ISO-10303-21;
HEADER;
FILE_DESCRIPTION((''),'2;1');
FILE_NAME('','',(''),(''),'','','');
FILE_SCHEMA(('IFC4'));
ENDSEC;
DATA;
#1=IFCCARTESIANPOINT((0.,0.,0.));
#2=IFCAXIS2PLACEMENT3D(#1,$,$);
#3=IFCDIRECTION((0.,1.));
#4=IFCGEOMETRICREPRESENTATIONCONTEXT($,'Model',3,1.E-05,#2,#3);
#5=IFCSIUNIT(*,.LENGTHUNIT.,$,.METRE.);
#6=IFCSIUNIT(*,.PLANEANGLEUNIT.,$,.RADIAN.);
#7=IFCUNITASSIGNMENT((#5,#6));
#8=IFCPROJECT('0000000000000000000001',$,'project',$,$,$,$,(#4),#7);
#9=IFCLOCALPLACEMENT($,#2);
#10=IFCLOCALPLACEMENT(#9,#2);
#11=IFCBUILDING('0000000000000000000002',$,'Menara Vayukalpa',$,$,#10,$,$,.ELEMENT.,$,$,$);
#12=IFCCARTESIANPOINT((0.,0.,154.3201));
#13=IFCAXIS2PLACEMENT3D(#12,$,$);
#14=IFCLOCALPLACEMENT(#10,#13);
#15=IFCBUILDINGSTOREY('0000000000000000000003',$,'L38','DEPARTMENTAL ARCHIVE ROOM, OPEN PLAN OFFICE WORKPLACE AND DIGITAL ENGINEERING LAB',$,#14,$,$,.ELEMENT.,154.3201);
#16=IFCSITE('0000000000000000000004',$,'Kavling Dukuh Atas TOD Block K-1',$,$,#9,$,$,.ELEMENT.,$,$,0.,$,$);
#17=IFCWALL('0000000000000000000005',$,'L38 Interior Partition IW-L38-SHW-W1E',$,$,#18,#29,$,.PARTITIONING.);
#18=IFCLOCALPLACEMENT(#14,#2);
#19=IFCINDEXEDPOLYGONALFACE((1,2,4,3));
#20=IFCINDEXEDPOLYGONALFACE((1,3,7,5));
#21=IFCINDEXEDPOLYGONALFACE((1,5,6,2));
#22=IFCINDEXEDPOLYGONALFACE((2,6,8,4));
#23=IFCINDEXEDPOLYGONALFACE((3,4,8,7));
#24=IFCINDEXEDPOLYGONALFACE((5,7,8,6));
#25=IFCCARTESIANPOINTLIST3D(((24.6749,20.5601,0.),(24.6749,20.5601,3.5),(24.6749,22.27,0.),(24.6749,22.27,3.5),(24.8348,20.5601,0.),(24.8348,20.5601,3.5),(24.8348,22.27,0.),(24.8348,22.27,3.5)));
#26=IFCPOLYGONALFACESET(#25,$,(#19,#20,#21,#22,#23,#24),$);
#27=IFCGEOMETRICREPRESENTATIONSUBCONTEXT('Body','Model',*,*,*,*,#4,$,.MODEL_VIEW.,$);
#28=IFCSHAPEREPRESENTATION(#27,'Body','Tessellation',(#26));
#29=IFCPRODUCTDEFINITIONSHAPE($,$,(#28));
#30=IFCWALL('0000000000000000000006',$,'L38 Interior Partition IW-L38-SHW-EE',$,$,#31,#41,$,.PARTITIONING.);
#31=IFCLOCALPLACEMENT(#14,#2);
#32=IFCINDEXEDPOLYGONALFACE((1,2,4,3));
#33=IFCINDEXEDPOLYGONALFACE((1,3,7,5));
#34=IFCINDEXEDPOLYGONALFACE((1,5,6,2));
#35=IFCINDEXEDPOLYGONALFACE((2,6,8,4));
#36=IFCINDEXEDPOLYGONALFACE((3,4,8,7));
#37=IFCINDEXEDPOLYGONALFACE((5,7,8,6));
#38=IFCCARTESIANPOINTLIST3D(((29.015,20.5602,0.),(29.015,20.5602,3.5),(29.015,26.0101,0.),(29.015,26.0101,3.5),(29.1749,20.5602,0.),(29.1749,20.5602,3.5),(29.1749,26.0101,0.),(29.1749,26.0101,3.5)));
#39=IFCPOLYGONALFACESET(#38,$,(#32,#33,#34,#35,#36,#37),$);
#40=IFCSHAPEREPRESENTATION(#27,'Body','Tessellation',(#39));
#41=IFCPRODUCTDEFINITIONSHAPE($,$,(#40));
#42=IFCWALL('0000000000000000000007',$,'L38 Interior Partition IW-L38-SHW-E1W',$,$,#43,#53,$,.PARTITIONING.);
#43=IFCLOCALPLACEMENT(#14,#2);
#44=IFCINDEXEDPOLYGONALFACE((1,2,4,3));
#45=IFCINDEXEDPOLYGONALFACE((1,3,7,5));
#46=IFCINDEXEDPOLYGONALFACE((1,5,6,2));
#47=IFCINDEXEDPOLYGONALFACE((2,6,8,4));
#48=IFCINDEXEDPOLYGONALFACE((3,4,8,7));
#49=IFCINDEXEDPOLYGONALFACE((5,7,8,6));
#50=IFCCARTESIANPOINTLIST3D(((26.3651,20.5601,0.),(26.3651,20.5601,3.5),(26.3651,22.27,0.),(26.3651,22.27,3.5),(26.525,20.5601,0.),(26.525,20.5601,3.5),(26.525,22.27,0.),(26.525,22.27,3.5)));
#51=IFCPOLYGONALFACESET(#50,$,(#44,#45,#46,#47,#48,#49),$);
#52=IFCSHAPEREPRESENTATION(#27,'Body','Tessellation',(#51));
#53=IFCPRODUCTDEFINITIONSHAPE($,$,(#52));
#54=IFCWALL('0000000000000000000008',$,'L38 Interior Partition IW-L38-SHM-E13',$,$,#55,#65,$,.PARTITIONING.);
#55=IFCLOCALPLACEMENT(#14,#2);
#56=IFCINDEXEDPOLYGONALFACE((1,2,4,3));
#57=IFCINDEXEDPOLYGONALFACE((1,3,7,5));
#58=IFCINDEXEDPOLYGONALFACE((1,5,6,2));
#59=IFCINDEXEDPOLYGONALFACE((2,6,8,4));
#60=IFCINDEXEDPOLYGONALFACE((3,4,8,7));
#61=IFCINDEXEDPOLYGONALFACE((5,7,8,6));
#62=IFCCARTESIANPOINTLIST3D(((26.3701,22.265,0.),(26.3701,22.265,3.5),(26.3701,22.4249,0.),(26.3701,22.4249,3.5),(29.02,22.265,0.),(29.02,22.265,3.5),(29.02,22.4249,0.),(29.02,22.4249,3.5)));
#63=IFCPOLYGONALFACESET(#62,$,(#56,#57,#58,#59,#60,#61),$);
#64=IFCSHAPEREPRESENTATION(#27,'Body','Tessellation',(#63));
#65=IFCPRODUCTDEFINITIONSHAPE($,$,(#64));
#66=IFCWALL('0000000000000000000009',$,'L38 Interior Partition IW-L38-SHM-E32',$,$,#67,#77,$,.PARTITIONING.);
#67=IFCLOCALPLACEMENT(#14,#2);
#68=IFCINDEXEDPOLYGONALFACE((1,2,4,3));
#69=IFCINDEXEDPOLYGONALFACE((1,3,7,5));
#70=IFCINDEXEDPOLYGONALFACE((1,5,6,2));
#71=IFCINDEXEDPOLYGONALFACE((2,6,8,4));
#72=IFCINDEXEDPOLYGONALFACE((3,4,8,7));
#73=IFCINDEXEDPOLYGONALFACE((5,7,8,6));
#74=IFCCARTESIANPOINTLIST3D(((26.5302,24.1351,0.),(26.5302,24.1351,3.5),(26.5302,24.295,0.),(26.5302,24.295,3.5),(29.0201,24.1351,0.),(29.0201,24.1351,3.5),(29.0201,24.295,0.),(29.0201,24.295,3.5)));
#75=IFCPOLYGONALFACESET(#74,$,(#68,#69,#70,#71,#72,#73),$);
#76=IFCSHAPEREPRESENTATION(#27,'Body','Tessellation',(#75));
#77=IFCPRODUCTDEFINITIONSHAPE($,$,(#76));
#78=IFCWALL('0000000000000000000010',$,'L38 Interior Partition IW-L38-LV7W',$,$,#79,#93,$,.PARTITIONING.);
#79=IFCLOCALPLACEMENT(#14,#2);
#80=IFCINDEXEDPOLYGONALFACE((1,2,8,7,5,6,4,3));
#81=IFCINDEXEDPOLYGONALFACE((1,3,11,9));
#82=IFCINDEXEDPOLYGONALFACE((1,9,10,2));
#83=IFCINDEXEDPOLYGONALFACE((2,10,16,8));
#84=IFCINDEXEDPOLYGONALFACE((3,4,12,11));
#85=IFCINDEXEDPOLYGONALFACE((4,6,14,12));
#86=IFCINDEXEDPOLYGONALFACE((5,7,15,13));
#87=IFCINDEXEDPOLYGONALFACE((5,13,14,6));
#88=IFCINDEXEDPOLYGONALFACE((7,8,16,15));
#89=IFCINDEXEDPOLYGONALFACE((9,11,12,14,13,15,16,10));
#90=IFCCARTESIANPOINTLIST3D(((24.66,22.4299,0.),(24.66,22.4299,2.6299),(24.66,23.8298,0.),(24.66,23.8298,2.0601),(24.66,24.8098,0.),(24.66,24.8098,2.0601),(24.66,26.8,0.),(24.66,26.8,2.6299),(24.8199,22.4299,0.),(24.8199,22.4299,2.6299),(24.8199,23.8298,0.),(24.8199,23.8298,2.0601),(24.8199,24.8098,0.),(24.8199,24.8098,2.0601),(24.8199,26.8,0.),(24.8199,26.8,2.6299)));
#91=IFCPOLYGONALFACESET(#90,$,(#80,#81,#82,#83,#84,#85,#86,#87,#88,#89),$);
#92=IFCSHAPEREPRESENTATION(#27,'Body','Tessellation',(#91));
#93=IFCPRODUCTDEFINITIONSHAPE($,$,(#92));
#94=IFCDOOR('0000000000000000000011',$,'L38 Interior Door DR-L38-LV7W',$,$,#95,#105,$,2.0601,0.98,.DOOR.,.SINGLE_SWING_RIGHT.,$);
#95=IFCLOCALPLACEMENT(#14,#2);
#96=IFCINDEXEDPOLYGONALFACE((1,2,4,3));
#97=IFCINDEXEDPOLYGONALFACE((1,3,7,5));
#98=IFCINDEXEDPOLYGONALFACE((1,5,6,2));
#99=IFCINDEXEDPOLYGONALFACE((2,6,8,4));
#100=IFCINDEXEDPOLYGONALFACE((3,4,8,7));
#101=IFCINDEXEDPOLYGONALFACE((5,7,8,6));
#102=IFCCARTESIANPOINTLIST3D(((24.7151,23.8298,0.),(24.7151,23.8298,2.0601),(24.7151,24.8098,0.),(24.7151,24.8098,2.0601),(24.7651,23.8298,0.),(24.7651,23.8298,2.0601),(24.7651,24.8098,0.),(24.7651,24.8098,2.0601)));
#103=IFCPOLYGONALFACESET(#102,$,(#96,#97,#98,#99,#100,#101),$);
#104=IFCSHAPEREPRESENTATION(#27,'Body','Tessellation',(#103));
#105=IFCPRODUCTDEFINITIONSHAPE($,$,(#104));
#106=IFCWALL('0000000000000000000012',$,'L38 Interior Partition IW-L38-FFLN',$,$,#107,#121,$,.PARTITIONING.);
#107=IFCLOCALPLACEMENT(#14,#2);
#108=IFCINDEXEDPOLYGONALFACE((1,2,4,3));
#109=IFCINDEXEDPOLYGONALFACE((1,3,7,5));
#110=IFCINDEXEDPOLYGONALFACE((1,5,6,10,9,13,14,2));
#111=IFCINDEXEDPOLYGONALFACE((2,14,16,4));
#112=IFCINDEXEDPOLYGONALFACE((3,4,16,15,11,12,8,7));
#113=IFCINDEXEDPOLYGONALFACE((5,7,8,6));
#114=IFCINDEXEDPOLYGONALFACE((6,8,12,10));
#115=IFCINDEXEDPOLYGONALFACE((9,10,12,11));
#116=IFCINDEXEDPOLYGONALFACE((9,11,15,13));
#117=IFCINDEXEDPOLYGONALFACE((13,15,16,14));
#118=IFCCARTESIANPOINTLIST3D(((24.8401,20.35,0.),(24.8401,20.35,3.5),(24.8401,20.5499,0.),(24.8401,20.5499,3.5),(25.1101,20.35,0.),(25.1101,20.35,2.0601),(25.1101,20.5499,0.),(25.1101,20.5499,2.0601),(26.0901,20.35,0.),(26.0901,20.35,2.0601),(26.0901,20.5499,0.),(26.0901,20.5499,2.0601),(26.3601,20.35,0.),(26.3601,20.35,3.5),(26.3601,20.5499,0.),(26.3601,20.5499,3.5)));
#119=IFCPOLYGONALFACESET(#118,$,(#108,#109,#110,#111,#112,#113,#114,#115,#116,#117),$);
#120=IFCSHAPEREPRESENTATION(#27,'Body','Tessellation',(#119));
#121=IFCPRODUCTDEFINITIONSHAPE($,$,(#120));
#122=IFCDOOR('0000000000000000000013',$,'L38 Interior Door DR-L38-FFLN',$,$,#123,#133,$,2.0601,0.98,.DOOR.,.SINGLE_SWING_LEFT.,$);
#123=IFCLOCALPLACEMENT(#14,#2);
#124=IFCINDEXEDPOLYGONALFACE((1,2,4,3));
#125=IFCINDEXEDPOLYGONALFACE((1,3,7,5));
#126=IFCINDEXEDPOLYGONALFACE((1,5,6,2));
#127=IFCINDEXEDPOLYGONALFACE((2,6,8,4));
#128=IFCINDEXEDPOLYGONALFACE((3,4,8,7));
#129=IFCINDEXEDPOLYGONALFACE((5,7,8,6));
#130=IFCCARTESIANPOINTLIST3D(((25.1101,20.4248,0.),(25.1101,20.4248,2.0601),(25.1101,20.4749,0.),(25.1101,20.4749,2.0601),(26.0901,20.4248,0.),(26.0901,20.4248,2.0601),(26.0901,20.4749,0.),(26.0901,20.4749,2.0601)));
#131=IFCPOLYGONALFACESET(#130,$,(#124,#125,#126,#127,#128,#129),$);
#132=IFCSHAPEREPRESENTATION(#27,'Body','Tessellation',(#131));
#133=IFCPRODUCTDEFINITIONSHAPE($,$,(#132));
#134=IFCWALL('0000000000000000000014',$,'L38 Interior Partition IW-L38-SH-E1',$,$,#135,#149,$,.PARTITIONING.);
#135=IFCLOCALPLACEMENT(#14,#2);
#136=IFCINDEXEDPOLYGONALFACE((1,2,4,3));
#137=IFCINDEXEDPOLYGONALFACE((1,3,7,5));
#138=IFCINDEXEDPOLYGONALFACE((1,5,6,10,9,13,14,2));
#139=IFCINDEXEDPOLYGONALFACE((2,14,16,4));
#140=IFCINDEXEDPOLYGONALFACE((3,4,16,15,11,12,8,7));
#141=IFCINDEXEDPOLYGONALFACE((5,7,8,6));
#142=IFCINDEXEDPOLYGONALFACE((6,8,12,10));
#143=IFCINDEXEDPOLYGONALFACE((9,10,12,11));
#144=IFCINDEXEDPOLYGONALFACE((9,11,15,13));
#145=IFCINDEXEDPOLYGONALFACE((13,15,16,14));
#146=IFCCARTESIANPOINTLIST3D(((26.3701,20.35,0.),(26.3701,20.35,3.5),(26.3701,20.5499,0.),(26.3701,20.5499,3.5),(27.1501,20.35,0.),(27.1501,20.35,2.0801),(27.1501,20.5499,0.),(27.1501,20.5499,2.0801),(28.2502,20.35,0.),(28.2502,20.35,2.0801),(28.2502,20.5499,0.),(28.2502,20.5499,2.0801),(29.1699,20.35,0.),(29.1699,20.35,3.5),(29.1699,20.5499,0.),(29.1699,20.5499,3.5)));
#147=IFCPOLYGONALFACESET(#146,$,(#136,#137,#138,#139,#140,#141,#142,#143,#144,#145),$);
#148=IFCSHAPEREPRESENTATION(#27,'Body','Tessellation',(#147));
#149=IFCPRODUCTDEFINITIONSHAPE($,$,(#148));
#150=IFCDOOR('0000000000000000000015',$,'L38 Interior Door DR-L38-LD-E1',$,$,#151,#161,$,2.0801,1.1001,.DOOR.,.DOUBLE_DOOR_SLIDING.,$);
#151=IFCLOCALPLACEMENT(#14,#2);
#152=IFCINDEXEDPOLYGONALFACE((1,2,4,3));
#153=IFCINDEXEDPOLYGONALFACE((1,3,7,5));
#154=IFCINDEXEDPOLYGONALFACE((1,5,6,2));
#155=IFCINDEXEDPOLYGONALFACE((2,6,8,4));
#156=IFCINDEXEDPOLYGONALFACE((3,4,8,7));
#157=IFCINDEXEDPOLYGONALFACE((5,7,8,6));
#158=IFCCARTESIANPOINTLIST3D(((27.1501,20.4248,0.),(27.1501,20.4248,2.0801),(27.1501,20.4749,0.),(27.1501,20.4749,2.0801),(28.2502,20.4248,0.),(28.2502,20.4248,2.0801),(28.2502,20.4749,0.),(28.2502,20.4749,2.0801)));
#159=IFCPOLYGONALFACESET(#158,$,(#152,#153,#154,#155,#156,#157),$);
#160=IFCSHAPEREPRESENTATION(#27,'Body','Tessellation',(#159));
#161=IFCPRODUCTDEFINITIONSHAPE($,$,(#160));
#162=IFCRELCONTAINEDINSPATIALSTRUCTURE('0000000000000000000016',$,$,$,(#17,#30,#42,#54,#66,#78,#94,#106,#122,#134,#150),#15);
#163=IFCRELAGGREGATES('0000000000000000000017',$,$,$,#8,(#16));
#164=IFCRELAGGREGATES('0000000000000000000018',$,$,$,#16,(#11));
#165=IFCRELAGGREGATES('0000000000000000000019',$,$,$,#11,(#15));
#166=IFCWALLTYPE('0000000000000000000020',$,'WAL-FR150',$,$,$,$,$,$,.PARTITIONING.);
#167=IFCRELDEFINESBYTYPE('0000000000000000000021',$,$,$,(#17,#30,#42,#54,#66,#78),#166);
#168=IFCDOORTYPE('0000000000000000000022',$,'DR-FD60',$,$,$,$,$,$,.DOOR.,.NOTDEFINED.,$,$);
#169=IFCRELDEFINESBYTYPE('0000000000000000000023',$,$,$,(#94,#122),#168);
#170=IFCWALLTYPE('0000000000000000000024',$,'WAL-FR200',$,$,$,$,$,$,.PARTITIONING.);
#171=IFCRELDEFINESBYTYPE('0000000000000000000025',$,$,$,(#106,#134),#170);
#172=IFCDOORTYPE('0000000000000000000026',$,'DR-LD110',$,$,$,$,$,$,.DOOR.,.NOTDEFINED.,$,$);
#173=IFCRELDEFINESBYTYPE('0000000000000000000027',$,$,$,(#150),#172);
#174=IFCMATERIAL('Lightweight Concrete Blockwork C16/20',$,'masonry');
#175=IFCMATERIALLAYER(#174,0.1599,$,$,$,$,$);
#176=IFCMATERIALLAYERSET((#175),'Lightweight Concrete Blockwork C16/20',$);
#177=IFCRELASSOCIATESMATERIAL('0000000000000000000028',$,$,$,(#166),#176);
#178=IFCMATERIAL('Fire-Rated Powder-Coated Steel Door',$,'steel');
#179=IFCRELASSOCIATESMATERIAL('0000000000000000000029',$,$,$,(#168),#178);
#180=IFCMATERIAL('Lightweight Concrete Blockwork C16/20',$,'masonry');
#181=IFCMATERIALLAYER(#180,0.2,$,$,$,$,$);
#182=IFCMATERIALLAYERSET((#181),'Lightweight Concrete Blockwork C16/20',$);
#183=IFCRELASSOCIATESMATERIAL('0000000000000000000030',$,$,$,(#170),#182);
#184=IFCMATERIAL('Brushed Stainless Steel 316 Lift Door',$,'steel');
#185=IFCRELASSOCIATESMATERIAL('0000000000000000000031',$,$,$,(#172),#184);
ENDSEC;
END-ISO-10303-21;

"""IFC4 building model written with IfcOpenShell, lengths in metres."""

from ifc_helpers import new_model, si_unit, direction, frame, frame_2d, origin, place, context, subcontext, project, spatial, rectangle, extrude, material, layer, layer_set, type_object, element, fill, save


model = new_model("IFC4")

# Units and contexts
model_context = context("Model", 3, precision=1e-05, world=origin(), true_north=direction((0.0, 1.0)))
body_context = subcontext(model_context, "Body", "Model", "MODEL_VIEW")
ifc_project = project(units=[si_unit("LENGTHUNIT", "METRE"), si_unit("PLANEANGLEUNIT", "RADIAN")], contexts=[model_context])

# Site, building, storey
site_placement = place(None, origin())
site = spatial("IfcSite", under=ifc_project, at=site_placement, Name="Kavling Dukuh Atas TOD Block K-1", CompositionType="ELEMENT", RefElevation=0.0)
building_placement = place(site_placement, origin())
building = spatial("IfcBuilding", under=site, at=building_placement, Name="Menara Vayukalpa", CompositionType="ELEMENT")
storey_placement = place(building_placement, frame((0.0, 0.0, 154.3201)))
storey = spatial("IfcBuildingStorey", under=building, at=storey_placement, Name="L38", Description="DEPARTMENTAL ARCHIVE ROOM, OPEN PLAN OFFICE WORKPLACE AND DIGITAL ENGINEERING LAB", CompositionType="ELEMENT", Elevation=154.3201)

# Walls
ifc_material_1 = material(Name="Lightweight Concrete Blockwork C16/20", Category="masonry")
ifc_layer_1 = layer(ifc_material_1, 0.1599)
ifc_layer_set_1 = layer_set([ifc_layer_1], Name="Lightweight Concrete Blockwork C16/20")
wall_type_1 = type_object("IfcWallType", Name="WAL-FR150", PredefinedType="PARTITIONING", material=ifc_layer_set_1)
wall_1_placement = place(storey_placement, frame((24.7549, 20.5601, 0.0), z_axis=(0.0, 0.0, 1.0), x_axis=(0.0, 1.0, 0.0)))
element("IfcWall", 1, at=wall_1_placement, inside=storey, type_object=wall_type_1, Name="L38 Interior Partition IW-L38-SHW-W1E", PredefinedType="PARTITIONING", context=body_context, shape_type="SweptSolid", body=[
    extrude(rectangle(XDim=1.71, YDim=0.1599, at=frame_2d((0.855, 0.0))), origin(), (0.0, 0.0, 1.0), 3.5),
])
wall_2_placement = place(storey_placement, frame((29.095, 20.5601, 0.0), z_axis=(0.0, 0.0, 1.0), x_axis=(0.0, 1.0, 0.0)))
element("IfcWall", 2, at=wall_2_placement, inside=storey, type_object=wall_type_1, Name="L38 Interior Partition IW-L38-SHW-EE", PredefinedType="PARTITIONING", context=body_context, shape_type="SweptSolid", body=[
    extrude(rectangle(XDim=5.45, YDim=0.1599, at=frame_2d((2.7251, 0.0))), origin(), (0.0, 0.0, 1.0), 3.5),
])
wall_3_placement = place(storey_placement, frame((26.4451, 20.5601, 0.0), z_axis=(0.0, 0.0, 1.0), x_axis=(0.0, 1.0, 0.0)))
element("IfcWall", 3, at=wall_3_placement, inside=storey, type_object=wall_type_1, Name="L38 Interior Partition IW-L38-SHW-E1W", PredefinedType="PARTITIONING", context=body_context, shape_type="SweptSolid", body=[
    extrude(rectangle(XDim=1.71, YDim=0.1599, at=frame_2d((0.855, 0.0))), origin(), (0.0, 0.0, 1.0), 3.5),
])
wall_4_placement = place(storey_placement, frame((26.3701, 22.345, 0.0), z_axis=(0.0, 0.0, 1.0), x_axis=(1.0, 0.0, 0.0)))
element("IfcWall", 4, at=wall_4_placement, inside=storey, type_object=wall_type_1, Name="L38 Interior Partition IW-L38-SHM-E13", PredefinedType="PARTITIONING", context=body_context, shape_type="SweptSolid", body=[
    extrude(rectangle(XDim=2.6499, YDim=0.1599, at=frame_2d((1.325, 0.0))), origin(), (0.0, 0.0, 1.0), 3.5),
])
wall_5_placement = place(storey_placement, frame((26.53, 24.2151, 0.0), z_axis=(0.0, 0.0, 1.0), x_axis=(1.0, 0.0, 0.0)))
element("IfcWall", 5, at=wall_5_placement, inside=storey, type_object=wall_type_1, Name="L38 Interior Partition IW-L38-SHM-E32", PredefinedType="PARTITIONING", context=body_context, shape_type="SweptSolid", body=[
    extrude(rectangle(XDim=2.49, YDim=0.1599, at=frame_2d((1.2451, 0.0))), origin(), (0.0, 0.0, 1.0), 3.5),
])

# Walls, openings, doors
wall_6_placement = place(storey_placement, frame((24.74, 22.4299, 0.0), z_axis=(0.0, 0.0, 1.0), x_axis=(0.0, 1.0, 0.0)))
wall_6 = element("IfcWall", 6, at=wall_6_placement, inside=storey, type_object=wall_type_1, Name="L38 Interior Partition IW-L38-LV7W", PredefinedType="PARTITIONING", context=body_context, shape_type="SweptSolid", body=[
    extrude(rectangle(XDim=4.3701, YDim=0.1599, at=frame_2d((2.1851, 0.0))), origin(), (0.0, 0.0, 1.0), 2.6299),
])
opening_1_placement = place(wall_6_placement, frame((1.3999, 0.0, 0.0)))
opening_1 = element("IfcOpeningElement", 7, at=opening_1_placement, cuts=wall_6, PredefinedType="OPENING", context=body_context, shape_type="SweptSolid", body=[
    extrude(rectangle(XDim=0.98, YDim=2.0601, at=frame_2d((0.49, 1.03))), frame((0.0, 0.0898, 0.0), z_axis=(0.0, -1.0, 0.0), x_axis=(1.0, 0.0, 0.0)), (0.0, 0.0, 1.0), 0.1799),
])
ifc_material_2 = material(Name="Fire-Rated Powder-Coated Steel Door", Category="steel")
door_type_1 = type_object("IfcDoorType", Name="DR-FD60", OperationType="NOTDEFINED", PredefinedType="DOOR", material=ifc_material_2)
door_1_placement = place(opening_1_placement, origin())
door_1 = element("IfcDoor", 8, at=door_1_placement, inside=storey, type_object=door_type_1, Name="L38 Interior Door DR-L38-LV7W", OperationType="SINGLE_SWING_RIGHT", OverallHeight=2.0601, OverallWidth=0.98, PredefinedType="DOOR", context=body_context, shape_type="SweptSolid", body=[
    extrude(rectangle(XDim=0.98, YDim=2.0601, at=frame_2d((0.49, 1.03))), frame((0.0, 0.0249, 0.0), z_axis=(0.0, -1.0, 0.0), x_axis=(1.0, 0.0, 0.0)), (0.0, 0.0, 1.0), 0.05),
])
fill(opening_1, door_1)
ifc_material_3 = material(Name="Lightweight Concrete Blockwork C16/20", Category="masonry")
ifc_layer_2 = layer(ifc_material_3, 0.2)
ifc_layer_set_2 = layer_set([ifc_layer_2], Name="Lightweight Concrete Blockwork C16/20")
wall_type_2 = type_object("IfcWallType", Name="WAL-FR200", PredefinedType="PARTITIONING", material=ifc_layer_set_2)
wall_7_placement = place(storey_placement, frame((24.8401, 20.45, 0.0), z_axis=(0.0, 0.0, 1.0), x_axis=(1.0, 0.0, 0.0)))
wall_7 = element("IfcWall", 9, at=wall_7_placement, inside=storey, type_object=wall_type_2, Name="L38 Interior Partition IW-L38-FFLN", PredefinedType="PARTITIONING", context=body_context, shape_type="SweptSolid", body=[
    extrude(rectangle(XDim=1.52, YDim=0.2, at=frame_2d((0.76, 0.0))), origin(), (0.0, 0.0, 1.0), 3.5),
])
opening_2_placement = place(wall_7_placement, frame((0.27, 0.0, 0.0)))
opening_2 = element("IfcOpeningElement", 10, at=opening_2_placement, cuts=wall_7, PredefinedType="OPENING", context=body_context, shape_type="SweptSolid", body=[
    extrude(rectangle(XDim=0.98, YDim=2.0601, at=frame_2d((0.49, 1.03))), frame((0.0, 0.1099, 0.0), z_axis=(0.0, -1.0, 0.0), x_axis=(1.0, 0.0, 0.0)), (0.0, 0.0, 1.0), 0.22),
])
door_2_placement = place(opening_2_placement, origin())
door_2 = element("IfcDoor", 11, at=door_2_placement, inside=storey, type_object=door_type_1, Name="L38 Interior Door DR-L38-FFLN", OperationType="SINGLE_SWING_LEFT", OverallHeight=2.0601, OverallWidth=0.98, PredefinedType="DOOR", context=body_context, shape_type="SweptSolid", body=[
    extrude(rectangle(XDim=0.98, YDim=2.0601, at=frame_2d((0.49, 1.03))), frame((0.0, 0.0249, 0.0), z_axis=(0.0, -1.0, 0.0), x_axis=(1.0, 0.0, 0.0)), (0.0, 0.0, 1.0), 0.05),
])
fill(opening_2, door_2)
wall_8_placement = place(storey_placement, frame((26.3701, 20.45, 0.0), z_axis=(0.0, 0.0, 1.0), x_axis=(1.0, 0.0, 0.0)))
wall_8 = element("IfcWall", 12, at=wall_8_placement, inside=storey, type_object=wall_type_2, Name="L38 Interior Partition IW-L38-SH-E1", PredefinedType="PARTITIONING", context=body_context, shape_type="SweptSolid", body=[
    extrude(rectangle(XDim=2.7998, YDim=0.2, at=frame_2d((1.3999, 0.0))), origin(), (0.0, 0.0, 1.0), 3.5),
])
opening_3_placement = place(wall_8_placement, frame((0.78, 0.0, 0.0)))
opening_3 = element("IfcOpeningElement", 13, at=opening_3_placement, cuts=wall_8, PredefinedType="OPENING", context=body_context, shape_type="SweptSolid", body=[
    extrude(rectangle(XDim=1.1001, YDim=2.0801, at=frame_2d((0.55, 1.04))), frame((0.0, 0.1099, 0.0), z_axis=(0.0, -1.0, 0.0), x_axis=(1.0, 0.0, 0.0)), (0.0, 0.0, 1.0), 0.22),
])
ifc_material_4 = material(Name="Brushed Stainless Steel 316 Lift Door", Category="steel")
door_type_2 = type_object("IfcDoorType", Name="DR-LD110", OperationType="NOTDEFINED", PredefinedType="DOOR", material=ifc_material_4)
door_3_placement = place(opening_3_placement, origin())
door_3 = element("IfcDoor", 14, at=door_3_placement, inside=storey, type_object=door_type_2, Name="L38 Interior Door DR-L38-LD-E1", OperationType="DOUBLE_DOOR_SLIDING", OverallHeight=2.0801, OverallWidth=1.1001, PredefinedType="DOOR", context=body_context, shape_type="SweptSolid", body=[
    extrude(rectangle(XDim=1.1001, YDim=2.0801, at=frame_2d((0.55, 1.04))), frame((0.0, 0.0249, 0.0), z_axis=(0.0, -1.0, 0.0), x_axis=(1.0, 0.0, 0.0)), (0.0, 0.0, 1.0), 0.05),
])
fill(opening_3, door_3)

save(model, "model.ifc")
